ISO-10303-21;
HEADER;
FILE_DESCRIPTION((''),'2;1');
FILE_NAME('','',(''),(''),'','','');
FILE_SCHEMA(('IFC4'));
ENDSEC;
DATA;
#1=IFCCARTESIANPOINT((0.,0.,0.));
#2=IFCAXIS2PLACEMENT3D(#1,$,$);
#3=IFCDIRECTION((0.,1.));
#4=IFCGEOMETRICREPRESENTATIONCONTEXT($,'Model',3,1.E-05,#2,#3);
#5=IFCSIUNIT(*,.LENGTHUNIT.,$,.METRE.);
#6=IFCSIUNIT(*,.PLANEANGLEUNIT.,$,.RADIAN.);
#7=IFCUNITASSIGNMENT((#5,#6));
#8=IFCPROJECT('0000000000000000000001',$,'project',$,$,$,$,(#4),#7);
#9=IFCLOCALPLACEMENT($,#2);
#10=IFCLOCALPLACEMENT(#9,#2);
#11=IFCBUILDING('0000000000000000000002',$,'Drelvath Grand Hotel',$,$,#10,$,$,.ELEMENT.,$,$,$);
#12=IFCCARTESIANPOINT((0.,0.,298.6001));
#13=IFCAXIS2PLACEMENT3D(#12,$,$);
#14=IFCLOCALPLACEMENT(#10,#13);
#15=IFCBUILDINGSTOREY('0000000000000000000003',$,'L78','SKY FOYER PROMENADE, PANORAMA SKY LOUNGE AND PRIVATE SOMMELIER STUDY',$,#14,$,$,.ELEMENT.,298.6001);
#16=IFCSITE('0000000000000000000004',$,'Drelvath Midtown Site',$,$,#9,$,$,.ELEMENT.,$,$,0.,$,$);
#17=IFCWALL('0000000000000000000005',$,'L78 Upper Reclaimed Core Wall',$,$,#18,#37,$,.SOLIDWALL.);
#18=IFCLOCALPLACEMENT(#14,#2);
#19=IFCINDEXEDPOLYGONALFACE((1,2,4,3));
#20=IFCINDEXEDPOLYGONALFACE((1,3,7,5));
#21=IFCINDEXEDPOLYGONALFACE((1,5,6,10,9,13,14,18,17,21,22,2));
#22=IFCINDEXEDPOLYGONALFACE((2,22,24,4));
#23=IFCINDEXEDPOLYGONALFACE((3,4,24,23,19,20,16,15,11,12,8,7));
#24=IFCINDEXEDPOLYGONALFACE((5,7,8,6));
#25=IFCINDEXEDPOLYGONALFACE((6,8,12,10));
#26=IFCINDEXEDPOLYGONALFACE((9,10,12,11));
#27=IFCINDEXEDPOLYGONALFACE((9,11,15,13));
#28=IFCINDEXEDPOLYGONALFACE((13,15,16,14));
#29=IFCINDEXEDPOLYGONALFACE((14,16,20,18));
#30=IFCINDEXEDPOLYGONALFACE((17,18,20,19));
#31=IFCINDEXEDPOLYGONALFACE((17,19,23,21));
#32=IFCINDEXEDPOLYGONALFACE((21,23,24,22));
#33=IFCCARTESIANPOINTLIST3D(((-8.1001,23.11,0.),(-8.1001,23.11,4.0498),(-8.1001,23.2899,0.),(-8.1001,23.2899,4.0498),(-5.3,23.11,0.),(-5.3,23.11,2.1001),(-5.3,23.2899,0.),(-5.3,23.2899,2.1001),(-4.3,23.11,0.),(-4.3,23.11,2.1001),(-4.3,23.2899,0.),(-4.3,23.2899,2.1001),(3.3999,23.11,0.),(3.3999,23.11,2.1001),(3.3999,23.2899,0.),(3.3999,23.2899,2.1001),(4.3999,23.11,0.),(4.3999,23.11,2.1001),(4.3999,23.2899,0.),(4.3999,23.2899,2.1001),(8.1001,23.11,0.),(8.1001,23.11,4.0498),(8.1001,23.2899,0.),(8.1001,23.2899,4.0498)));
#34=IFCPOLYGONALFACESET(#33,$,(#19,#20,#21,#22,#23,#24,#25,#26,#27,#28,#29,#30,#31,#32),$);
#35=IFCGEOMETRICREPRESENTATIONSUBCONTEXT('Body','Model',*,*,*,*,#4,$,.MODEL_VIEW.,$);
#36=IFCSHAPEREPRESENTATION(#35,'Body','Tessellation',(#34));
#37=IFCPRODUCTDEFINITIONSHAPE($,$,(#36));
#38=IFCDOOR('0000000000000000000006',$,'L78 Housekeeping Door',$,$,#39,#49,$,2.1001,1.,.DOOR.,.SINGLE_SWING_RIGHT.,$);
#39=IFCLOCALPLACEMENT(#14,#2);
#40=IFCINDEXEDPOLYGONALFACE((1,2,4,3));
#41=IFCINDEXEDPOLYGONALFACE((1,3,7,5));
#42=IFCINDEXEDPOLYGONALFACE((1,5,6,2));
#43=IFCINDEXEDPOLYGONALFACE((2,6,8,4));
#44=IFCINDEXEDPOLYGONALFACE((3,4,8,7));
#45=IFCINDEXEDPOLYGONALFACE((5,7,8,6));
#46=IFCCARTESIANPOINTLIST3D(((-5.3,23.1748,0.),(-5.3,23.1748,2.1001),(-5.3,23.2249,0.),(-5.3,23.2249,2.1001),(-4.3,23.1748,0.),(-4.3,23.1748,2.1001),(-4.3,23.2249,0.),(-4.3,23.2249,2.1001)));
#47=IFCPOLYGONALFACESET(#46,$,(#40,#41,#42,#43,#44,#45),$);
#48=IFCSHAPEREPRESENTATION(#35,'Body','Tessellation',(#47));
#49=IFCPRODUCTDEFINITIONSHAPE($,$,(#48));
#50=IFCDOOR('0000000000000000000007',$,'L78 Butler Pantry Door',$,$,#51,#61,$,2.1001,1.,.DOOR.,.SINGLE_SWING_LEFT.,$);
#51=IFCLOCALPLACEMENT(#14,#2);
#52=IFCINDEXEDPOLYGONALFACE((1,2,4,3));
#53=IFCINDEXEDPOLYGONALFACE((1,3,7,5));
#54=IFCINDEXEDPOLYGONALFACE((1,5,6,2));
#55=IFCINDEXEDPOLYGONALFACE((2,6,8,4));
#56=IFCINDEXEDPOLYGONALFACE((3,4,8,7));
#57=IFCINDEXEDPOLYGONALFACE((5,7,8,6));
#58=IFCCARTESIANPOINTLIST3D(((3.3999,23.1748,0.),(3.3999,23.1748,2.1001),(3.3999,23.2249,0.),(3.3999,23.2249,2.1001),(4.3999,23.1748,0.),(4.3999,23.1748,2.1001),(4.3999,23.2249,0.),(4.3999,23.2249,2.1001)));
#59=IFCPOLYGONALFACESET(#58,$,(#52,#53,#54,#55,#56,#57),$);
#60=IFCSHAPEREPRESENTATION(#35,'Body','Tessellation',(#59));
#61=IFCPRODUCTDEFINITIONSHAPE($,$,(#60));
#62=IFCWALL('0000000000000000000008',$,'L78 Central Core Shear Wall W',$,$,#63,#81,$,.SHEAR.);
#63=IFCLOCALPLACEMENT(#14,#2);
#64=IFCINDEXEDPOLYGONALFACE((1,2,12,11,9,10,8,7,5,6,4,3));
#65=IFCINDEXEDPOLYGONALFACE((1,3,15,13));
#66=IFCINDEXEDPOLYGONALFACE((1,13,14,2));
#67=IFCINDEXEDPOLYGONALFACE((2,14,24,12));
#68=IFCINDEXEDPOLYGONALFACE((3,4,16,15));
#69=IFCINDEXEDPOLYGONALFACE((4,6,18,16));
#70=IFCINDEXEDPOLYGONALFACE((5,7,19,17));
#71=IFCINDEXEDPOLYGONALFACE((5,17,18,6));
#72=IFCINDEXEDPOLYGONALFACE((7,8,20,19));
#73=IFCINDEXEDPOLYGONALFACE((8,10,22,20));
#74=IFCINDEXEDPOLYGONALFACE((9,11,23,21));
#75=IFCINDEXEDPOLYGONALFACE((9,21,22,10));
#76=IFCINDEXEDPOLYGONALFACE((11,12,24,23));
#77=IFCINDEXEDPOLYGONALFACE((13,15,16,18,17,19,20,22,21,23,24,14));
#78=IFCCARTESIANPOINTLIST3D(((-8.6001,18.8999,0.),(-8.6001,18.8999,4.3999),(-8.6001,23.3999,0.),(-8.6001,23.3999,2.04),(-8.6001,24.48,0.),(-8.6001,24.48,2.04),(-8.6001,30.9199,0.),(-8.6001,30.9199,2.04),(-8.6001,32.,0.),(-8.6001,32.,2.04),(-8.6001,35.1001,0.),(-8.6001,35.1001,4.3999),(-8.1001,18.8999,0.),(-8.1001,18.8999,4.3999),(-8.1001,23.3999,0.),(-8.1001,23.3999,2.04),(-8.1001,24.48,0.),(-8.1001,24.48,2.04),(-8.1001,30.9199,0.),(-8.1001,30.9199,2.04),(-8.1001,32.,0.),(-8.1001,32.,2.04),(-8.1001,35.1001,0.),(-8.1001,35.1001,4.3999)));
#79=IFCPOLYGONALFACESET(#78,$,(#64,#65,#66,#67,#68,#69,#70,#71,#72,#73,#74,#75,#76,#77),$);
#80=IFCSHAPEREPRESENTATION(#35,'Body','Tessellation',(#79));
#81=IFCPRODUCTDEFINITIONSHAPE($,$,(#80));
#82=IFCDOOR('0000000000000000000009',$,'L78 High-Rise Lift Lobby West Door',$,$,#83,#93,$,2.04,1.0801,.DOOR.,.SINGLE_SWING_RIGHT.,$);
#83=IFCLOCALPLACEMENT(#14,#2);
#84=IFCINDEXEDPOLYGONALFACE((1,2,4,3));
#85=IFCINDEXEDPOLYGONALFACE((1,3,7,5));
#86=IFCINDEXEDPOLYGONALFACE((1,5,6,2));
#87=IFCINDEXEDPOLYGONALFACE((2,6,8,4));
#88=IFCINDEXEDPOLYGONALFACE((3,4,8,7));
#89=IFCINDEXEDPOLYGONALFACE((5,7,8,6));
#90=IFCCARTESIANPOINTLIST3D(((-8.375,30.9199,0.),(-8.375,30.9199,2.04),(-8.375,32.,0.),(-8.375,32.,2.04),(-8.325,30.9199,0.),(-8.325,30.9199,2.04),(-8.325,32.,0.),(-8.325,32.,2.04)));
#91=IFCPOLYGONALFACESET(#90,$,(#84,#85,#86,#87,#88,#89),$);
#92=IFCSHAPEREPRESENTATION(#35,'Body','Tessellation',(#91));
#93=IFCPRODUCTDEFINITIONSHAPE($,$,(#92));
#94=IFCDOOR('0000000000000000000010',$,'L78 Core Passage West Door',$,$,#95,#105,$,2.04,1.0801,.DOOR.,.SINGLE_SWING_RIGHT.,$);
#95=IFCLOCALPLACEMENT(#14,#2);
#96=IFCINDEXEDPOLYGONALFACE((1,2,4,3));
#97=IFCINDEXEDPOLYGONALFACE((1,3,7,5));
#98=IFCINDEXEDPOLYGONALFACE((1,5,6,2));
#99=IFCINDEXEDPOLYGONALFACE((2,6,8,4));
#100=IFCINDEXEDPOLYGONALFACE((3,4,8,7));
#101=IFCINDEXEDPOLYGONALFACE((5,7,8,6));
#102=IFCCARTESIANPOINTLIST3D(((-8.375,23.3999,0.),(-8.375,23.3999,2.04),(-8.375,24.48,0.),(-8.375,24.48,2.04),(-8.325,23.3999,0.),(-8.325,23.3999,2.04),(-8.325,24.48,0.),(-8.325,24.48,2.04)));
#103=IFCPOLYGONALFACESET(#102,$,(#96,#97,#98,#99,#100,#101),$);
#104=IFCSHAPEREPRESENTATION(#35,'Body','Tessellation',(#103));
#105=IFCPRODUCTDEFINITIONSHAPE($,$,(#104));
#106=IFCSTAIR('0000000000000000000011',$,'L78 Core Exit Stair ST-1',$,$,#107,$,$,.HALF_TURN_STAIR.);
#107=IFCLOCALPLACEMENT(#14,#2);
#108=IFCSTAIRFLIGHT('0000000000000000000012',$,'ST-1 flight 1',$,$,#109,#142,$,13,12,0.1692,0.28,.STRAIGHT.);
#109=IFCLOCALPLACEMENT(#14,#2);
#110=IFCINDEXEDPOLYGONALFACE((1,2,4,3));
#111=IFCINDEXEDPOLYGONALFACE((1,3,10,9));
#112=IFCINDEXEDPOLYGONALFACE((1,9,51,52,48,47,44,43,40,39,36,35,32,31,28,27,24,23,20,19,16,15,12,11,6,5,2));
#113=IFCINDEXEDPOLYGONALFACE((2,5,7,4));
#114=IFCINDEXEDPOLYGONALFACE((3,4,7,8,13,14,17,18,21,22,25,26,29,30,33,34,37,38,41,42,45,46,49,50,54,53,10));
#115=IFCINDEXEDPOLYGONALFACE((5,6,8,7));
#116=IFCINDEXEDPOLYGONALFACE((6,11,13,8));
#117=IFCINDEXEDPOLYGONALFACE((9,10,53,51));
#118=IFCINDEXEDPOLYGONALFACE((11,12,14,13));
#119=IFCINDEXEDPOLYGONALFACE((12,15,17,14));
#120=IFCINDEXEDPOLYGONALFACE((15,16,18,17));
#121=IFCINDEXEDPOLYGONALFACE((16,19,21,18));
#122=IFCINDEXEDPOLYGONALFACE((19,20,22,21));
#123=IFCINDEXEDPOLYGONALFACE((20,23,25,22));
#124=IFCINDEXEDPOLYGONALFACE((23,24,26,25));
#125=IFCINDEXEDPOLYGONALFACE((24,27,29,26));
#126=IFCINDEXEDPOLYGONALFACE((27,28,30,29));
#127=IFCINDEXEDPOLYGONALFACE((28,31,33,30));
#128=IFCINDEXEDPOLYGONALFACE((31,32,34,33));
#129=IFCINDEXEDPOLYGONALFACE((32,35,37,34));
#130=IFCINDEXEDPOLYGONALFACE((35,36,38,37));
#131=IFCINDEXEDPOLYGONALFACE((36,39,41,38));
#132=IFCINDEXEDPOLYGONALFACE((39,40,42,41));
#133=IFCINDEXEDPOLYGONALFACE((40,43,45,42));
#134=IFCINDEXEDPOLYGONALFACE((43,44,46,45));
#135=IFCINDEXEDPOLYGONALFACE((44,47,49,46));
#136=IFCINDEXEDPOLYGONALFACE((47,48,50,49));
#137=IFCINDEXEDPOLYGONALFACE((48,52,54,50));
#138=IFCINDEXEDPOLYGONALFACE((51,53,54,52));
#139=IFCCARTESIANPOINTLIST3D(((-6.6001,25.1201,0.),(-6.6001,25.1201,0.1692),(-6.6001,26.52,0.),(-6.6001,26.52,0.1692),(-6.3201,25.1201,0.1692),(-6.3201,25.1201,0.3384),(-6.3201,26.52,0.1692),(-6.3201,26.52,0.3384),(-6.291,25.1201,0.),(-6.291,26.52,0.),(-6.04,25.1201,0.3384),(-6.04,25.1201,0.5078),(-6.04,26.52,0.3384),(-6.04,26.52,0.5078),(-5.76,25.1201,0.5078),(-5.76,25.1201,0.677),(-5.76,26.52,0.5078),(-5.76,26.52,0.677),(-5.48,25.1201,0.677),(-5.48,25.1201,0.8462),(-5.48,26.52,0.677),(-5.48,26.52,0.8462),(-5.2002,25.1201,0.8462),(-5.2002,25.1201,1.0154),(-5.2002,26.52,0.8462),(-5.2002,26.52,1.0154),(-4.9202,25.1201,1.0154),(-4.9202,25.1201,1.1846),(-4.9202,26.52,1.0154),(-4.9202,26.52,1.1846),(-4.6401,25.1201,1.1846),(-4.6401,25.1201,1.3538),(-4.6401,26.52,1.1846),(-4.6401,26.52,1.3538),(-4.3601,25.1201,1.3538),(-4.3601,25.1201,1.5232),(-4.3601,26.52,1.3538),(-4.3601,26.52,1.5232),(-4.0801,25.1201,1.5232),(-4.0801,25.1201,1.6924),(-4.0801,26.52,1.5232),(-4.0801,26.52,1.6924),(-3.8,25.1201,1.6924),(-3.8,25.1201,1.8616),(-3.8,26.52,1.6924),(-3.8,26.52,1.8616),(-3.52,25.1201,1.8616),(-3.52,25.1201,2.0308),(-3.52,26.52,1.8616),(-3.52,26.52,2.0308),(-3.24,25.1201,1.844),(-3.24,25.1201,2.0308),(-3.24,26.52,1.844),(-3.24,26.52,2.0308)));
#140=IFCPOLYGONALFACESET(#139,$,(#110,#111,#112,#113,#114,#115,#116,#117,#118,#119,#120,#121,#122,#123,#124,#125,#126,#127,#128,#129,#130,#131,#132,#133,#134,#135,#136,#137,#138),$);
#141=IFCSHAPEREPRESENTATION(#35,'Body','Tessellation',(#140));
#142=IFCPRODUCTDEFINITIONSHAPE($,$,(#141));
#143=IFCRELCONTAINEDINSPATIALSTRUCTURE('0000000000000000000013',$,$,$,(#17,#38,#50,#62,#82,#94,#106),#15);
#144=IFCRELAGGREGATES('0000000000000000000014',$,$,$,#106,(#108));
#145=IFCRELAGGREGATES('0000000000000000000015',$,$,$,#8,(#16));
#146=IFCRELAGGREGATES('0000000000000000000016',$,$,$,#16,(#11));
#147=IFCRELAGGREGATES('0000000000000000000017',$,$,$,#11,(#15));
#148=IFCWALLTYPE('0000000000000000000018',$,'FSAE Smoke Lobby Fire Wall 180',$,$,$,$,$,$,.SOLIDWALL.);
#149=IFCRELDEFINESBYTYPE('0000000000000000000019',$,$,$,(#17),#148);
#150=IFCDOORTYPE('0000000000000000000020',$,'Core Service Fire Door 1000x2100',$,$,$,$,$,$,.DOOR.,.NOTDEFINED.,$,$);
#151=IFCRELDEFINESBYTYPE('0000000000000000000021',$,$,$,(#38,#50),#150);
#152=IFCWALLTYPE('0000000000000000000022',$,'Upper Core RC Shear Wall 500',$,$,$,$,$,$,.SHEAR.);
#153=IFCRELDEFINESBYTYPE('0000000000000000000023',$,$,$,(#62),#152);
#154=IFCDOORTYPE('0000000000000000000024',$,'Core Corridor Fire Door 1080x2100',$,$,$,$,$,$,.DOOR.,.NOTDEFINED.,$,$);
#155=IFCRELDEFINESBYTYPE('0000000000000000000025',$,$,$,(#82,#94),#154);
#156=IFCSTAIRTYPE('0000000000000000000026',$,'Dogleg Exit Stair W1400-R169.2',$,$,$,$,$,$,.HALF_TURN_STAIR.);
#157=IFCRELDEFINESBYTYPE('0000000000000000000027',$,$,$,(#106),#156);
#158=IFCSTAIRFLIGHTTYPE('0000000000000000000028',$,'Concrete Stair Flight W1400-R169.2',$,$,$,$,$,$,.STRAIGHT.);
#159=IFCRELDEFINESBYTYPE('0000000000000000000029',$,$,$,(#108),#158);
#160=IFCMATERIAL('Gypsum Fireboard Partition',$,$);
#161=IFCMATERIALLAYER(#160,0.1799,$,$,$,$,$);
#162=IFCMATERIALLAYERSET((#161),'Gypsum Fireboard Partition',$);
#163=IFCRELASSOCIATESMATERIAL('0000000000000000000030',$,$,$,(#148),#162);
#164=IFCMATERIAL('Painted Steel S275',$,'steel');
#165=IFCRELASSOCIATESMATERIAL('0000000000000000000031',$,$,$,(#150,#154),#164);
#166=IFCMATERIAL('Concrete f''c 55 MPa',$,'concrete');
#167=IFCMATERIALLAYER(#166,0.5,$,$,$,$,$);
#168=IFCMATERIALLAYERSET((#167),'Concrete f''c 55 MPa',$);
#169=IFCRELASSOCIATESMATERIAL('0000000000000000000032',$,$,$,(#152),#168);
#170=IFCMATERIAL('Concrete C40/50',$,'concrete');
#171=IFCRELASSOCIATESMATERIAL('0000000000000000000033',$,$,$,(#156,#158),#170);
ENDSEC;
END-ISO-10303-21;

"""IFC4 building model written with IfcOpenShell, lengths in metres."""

from ifc_helpers import new_model, si_unit, direction, frame, frame_2d, origin, place, context, subcontext, project, spatial, polyline, rectangle, outline, extrude, material, layer, layer_set, type_object, element, fill, aggregate, save


model = new_model("IFC4")

# Units and contexts
model_context = context("Model", 3, precision=1e-05, world=origin(), true_north=direction((0.0, 1.0)))
body_context = subcontext(model_context, "Body", "Model", "MODEL_VIEW")
ifc_project = project(units=[si_unit("LENGTHUNIT", "METRE"), si_unit("PLANEANGLEUNIT", "RADIAN")], contexts=[model_context])

# Site, building, storey
site_placement = place(None, origin())
site = spatial("IfcSite", under=ifc_project, at=site_placement, Name="Drelvath Midtown Site", CompositionType="ELEMENT", RefElevation=0.0)
building_placement = place(site_placement, origin())
building = spatial("IfcBuilding", under=site, at=building_placement, Name="Drelvath Grand Hotel", CompositionType="ELEMENT")
storey_placement = place(building_placement, frame((0.0, 0.0, 298.6001)))
storey = spatial("IfcBuildingStorey", under=building, at=storey_placement, Name="L78", Description="SKY FOYER PROMENADE, PANORAMA SKY LOUNGE AND PRIVATE SOMMELIER STUDY", CompositionType="ELEMENT", Elevation=298.6001)

# Shared definitions
ifc_material_1 = material(Name="Concrete f'c 55 MPa", Category="concrete")

# Shared definitions
ifc_material_2 = material(Name="Concrete C40/50", Category="concrete")
ifc_material_3 = material(Name="Painted Steel S275", Category="steel")

# Shared definitions
ifc_material_4 = material(Name="Gypsum Fireboard Partition")

# Walls, openings, doors
ifc_layer_1 = layer(ifc_material_4, 0.1799)
ifc_layer_set_1 = layer_set([ifc_layer_1], Name="Gypsum Fireboard Partition")
wall_type_1 = type_object("IfcWallType", Name="FSAE Smoke Lobby Fire Wall 180", PredefinedType="SOLIDWALL", material=ifc_layer_set_1)
wall_1_placement = place(storey_placement, frame((-8.1001, 23.2, 0.0), z_axis=(0.0, 0.0, 1.0), x_axis=(1.0, 0.0, 0.0)))
wall_1 = element("IfcWall", 1, at=wall_1_placement, inside=storey, type_object=wall_type_1, Name="L78 Upper Reclaimed Core Wall", PredefinedType="SOLIDWALL", context=body_context, shape_type="SweptSolid", body=[
    extrude(rectangle(XDim=16.2002, YDim=0.1799, at=frame_2d((8.1001, 0.0))), origin(), (0.0, 0.0, 1.0), 4.0498),
])
opening_1_placement = place(wall_1_placement, frame((2.8, 0.0, 0.0)))
opening_1 = element("IfcOpeningElement", 2, at=opening_1_placement, cuts=wall_1, PredefinedType="OPENING", context=body_context, shape_type="SweptSolid", body=[
    extrude(rectangle(XDim=1.0, YDim=2.1001, at=frame_2d((0.5, 1.05))), frame((0.0, 0.0999, 0.0), z_axis=(0.0, -1.0, 0.0), x_axis=(1.0, 0.0, 0.0)), (0.0, 0.0, 1.0), 0.2),
])
opening_2_placement = place(wall_1_placement, frame((11.5, 0.0, 0.0)))
opening_2 = element("IfcOpeningElement", 3, at=opening_2_placement, cuts=wall_1, PredefinedType="OPENING", context=body_context, shape_type="SweptSolid", body=[
    extrude(rectangle(XDim=1.0, YDim=2.1001, at=frame_2d((0.5, 1.05))), frame((0.0, 0.0999, 0.0), z_axis=(0.0, -1.0, 0.0), x_axis=(1.0, 0.0, 0.0)), (0.0, 0.0, 1.0), 0.2),
])
door_type_1 = type_object("IfcDoorType", Name="Core Service Fire Door 1000x2100", OperationType="NOTDEFINED", PredefinedType="DOOR", material=ifc_material_3)
door_1_placement = place(opening_1_placement, origin())
door_1 = element("IfcDoor", 4, at=door_1_placement, inside=storey, type_object=door_type_1, Name="L78 Housekeeping Door", OperationType="SINGLE_SWING_RIGHT", OverallHeight=2.1001, OverallWidth=1.0, PredefinedType="DOOR", context=body_context, shape_type="SweptSolid", body=[
    extrude(rectangle(XDim=1.0, YDim=2.1001, at=frame_2d((0.5, 1.05))), frame((0.0, 0.0249, 0.0), z_axis=(0.0, -1.0, 0.0), x_axis=(1.0, 0.0, 0.0)), (0.0, 0.0, 1.0), 0.05),
])
fill(opening_1, door_1)
door_2_placement = place(opening_2_placement, origin())
door_2 = element("IfcDoor", 5, at=door_2_placement, inside=storey, type_object=door_type_1, Name="L78 Butler Pantry Door", OperationType="SINGLE_SWING_LEFT", OverallHeight=2.1001, OverallWidth=1.0, PredefinedType="DOOR", context=body_context, shape_type="SweptSolid", body=[
    extrude(rectangle(XDim=1.0, YDim=2.1001, at=frame_2d((0.5, 1.05))), frame((0.0, 0.0249, 0.0), z_axis=(0.0, -1.0, 0.0), x_axis=(1.0, 0.0, 0.0)), (0.0, 0.0, 1.0), 0.05),
])
fill(opening_2, door_2)
ifc_layer_2 = layer(ifc_material_1, 0.5)
ifc_layer_set_2 = layer_set([ifc_layer_2], Name="Concrete f'c 55 MPa")
wall_type_2 = type_object("IfcWallType", Name="Upper Core RC Shear Wall 500", PredefinedType="SHEAR", material=ifc_layer_set_2)
wall_2_placement = place(storey_placement, frame((-8.3501, 18.8999, 0.0), z_axis=(0.0, 0.0, 1.0), x_axis=(0.0, 1.0, 0.0)))
wall_2 = element("IfcWall", 6, at=wall_2_placement, inside=storey, type_object=wall_type_2, Name="L78 Central Core Shear Wall W", PredefinedType="SHEAR", context=body_context, shape_type="SweptSolid", body=[
    extrude(rectangle(XDim=16.2002, YDim=0.5, at=frame_2d((8.1001, 0.0))), origin(), (0.0, 0.0, 1.0), 4.3999),
])
opening_3_placement = place(wall_2_placement, frame((12.02, 0.0, 0.0)))
opening_3 = element("IfcOpeningElement", 7, at=opening_3_placement, cuts=wall_2, PredefinedType="OPENING", context=body_context, shape_type="SweptSolid", body=[
    extrude(rectangle(XDim=1.0801, YDim=2.04, at=frame_2d((0.54, 1.02))), frame((0.0, 0.26, 0.0), z_axis=(0.0, -1.0, 0.0), x_axis=(1.0, 0.0, 0.0)), (0.0, 0.0, 1.0), 0.52),
])
opening_4_placement = place(wall_2_placement, frame((4.5, 0.0, 0.0)))
opening_4 = element("IfcOpeningElement", 8, at=opening_4_placement, cuts=wall_2, PredefinedType="OPENING", context=body_context, shape_type="SweptSolid", body=[
    extrude(rectangle(XDim=1.0801, YDim=2.04, at=frame_2d((0.54, 1.02))), frame((0.0, 0.26, 0.0), z_axis=(0.0, -1.0, 0.0), x_axis=(1.0, 0.0, 0.0)), (0.0, 0.0, 1.0), 0.52),
])
door_type_2 = type_object("IfcDoorType", Name="Core Corridor Fire Door 1080x2100", OperationType="NOTDEFINED", PredefinedType="DOOR", material=ifc_material_3)
door_3_placement = place(opening_3_placement, origin())
door_3 = element("IfcDoor", 9, at=door_3_placement, inside=storey, type_object=door_type_2, Name="L78 High-Rise Lift Lobby West Door", OperationType="SINGLE_SWING_RIGHT", OverallHeight=2.04, OverallWidth=1.0801, PredefinedType="DOOR", context=body_context, shape_type="SweptSolid", body=[
    extrude(rectangle(XDim=1.0801, YDim=2.04, at=frame_2d((0.54, 1.02))), frame((0.0, 0.0249, 0.0), z_axis=(0.0, -1.0, 0.0), x_axis=(1.0, 0.0, 0.0)), (0.0, 0.0, 1.0), 0.05),
])
fill(opening_3, door_3)
door_4_placement = place(opening_4_placement, origin())
door_4 = element("IfcDoor", 10, at=door_4_placement, inside=storey, type_object=door_type_2, Name="L78 Core Passage West Door", OperationType="SINGLE_SWING_RIGHT", OverallHeight=2.04, OverallWidth=1.0801, PredefinedType="DOOR", context=body_context, shape_type="SweptSolid", body=[
    extrude(rectangle(XDim=1.0801, YDim=2.04, at=frame_2d((0.54, 1.02))), frame((0.0, 0.0249, 0.0), z_axis=(0.0, -1.0, 0.0), x_axis=(1.0, 0.0, 0.0)), (0.0, 0.0, 1.0), 0.05),
])
fill(opening_4, door_4)

# Stair, stair flight
stair_type = type_object("IfcStairType", Name="Dogleg Exit Stair W1400-R169.2", PredefinedType="HALF_TURN_STAIR", material=ifc_material_2)
stair_placement = place(storey_placement, origin())
stair = element("IfcStair", 11, at=stair_placement, inside=storey, type_object=stair_type, Name="L78 Core Exit Stair ST-1", PredefinedType="HALF_TURN_STAIR")
stair_flight_type = type_object("IfcStairFlightType", Name="Concrete Stair Flight W1400-R169.2", PredefinedType="STRAIGHT", material=ifc_material_2)
stair_flight_placement = place(storey_placement, frame((-6.6001, 25.8201, 0.0), z_axis=(0.0, 0.0, 1.0), x_axis=(1.0, 0.0, 0.0)))
stair_flight = element("IfcStairFlight", 12, at=stair_flight_placement, type_object=stair_flight_type, Name="ST-1 flight 1", NumberOfRisers=13, NumberOfTreads=12, PredefinedType="STRAIGHT", RiserHeight=0.1692, TreadLength=0.28, context=body_context, shape_type="SweptSolid", body=[
    extrude(outline(polyline([(0.0, 0.0), (0.0, 0.1692), (0.28, 0.1692), (0.28, 0.3384), (0.5601, 0.3384), (0.5601, 0.5078), (0.8401, 0.5078), (0.8401, 0.677), (1.1201, 0.677), (1.1201, 0.8462), (1.3999, 0.8462), (1.3999, 1.0154), (1.6799, 1.0154), (1.6799, 1.1846), (1.96, 1.1846), (1.96, 1.3538), (2.24, 1.3538), (2.24, 1.5232), (2.52, 1.5232), (2.52, 1.6924), (2.8, 1.6924), (2.8, 1.8616), (3.0801, 1.8616), (3.0801, 2.0308), (3.3601, 2.0308), (3.3601, 2.2), (3.3601, 1.844), (0.3091, 0.0), (0.0, 0.0)])), frame((0.0, 0.7, 0.0), z_axis=(0.0, -1.0, 0.0), x_axis=(1.0, 0.0, 0.0)), (0.0, 0.0, 1.0), 1.3999),
])
aggregate(stair, [stair_flight])

save(model, "model.ifc")
